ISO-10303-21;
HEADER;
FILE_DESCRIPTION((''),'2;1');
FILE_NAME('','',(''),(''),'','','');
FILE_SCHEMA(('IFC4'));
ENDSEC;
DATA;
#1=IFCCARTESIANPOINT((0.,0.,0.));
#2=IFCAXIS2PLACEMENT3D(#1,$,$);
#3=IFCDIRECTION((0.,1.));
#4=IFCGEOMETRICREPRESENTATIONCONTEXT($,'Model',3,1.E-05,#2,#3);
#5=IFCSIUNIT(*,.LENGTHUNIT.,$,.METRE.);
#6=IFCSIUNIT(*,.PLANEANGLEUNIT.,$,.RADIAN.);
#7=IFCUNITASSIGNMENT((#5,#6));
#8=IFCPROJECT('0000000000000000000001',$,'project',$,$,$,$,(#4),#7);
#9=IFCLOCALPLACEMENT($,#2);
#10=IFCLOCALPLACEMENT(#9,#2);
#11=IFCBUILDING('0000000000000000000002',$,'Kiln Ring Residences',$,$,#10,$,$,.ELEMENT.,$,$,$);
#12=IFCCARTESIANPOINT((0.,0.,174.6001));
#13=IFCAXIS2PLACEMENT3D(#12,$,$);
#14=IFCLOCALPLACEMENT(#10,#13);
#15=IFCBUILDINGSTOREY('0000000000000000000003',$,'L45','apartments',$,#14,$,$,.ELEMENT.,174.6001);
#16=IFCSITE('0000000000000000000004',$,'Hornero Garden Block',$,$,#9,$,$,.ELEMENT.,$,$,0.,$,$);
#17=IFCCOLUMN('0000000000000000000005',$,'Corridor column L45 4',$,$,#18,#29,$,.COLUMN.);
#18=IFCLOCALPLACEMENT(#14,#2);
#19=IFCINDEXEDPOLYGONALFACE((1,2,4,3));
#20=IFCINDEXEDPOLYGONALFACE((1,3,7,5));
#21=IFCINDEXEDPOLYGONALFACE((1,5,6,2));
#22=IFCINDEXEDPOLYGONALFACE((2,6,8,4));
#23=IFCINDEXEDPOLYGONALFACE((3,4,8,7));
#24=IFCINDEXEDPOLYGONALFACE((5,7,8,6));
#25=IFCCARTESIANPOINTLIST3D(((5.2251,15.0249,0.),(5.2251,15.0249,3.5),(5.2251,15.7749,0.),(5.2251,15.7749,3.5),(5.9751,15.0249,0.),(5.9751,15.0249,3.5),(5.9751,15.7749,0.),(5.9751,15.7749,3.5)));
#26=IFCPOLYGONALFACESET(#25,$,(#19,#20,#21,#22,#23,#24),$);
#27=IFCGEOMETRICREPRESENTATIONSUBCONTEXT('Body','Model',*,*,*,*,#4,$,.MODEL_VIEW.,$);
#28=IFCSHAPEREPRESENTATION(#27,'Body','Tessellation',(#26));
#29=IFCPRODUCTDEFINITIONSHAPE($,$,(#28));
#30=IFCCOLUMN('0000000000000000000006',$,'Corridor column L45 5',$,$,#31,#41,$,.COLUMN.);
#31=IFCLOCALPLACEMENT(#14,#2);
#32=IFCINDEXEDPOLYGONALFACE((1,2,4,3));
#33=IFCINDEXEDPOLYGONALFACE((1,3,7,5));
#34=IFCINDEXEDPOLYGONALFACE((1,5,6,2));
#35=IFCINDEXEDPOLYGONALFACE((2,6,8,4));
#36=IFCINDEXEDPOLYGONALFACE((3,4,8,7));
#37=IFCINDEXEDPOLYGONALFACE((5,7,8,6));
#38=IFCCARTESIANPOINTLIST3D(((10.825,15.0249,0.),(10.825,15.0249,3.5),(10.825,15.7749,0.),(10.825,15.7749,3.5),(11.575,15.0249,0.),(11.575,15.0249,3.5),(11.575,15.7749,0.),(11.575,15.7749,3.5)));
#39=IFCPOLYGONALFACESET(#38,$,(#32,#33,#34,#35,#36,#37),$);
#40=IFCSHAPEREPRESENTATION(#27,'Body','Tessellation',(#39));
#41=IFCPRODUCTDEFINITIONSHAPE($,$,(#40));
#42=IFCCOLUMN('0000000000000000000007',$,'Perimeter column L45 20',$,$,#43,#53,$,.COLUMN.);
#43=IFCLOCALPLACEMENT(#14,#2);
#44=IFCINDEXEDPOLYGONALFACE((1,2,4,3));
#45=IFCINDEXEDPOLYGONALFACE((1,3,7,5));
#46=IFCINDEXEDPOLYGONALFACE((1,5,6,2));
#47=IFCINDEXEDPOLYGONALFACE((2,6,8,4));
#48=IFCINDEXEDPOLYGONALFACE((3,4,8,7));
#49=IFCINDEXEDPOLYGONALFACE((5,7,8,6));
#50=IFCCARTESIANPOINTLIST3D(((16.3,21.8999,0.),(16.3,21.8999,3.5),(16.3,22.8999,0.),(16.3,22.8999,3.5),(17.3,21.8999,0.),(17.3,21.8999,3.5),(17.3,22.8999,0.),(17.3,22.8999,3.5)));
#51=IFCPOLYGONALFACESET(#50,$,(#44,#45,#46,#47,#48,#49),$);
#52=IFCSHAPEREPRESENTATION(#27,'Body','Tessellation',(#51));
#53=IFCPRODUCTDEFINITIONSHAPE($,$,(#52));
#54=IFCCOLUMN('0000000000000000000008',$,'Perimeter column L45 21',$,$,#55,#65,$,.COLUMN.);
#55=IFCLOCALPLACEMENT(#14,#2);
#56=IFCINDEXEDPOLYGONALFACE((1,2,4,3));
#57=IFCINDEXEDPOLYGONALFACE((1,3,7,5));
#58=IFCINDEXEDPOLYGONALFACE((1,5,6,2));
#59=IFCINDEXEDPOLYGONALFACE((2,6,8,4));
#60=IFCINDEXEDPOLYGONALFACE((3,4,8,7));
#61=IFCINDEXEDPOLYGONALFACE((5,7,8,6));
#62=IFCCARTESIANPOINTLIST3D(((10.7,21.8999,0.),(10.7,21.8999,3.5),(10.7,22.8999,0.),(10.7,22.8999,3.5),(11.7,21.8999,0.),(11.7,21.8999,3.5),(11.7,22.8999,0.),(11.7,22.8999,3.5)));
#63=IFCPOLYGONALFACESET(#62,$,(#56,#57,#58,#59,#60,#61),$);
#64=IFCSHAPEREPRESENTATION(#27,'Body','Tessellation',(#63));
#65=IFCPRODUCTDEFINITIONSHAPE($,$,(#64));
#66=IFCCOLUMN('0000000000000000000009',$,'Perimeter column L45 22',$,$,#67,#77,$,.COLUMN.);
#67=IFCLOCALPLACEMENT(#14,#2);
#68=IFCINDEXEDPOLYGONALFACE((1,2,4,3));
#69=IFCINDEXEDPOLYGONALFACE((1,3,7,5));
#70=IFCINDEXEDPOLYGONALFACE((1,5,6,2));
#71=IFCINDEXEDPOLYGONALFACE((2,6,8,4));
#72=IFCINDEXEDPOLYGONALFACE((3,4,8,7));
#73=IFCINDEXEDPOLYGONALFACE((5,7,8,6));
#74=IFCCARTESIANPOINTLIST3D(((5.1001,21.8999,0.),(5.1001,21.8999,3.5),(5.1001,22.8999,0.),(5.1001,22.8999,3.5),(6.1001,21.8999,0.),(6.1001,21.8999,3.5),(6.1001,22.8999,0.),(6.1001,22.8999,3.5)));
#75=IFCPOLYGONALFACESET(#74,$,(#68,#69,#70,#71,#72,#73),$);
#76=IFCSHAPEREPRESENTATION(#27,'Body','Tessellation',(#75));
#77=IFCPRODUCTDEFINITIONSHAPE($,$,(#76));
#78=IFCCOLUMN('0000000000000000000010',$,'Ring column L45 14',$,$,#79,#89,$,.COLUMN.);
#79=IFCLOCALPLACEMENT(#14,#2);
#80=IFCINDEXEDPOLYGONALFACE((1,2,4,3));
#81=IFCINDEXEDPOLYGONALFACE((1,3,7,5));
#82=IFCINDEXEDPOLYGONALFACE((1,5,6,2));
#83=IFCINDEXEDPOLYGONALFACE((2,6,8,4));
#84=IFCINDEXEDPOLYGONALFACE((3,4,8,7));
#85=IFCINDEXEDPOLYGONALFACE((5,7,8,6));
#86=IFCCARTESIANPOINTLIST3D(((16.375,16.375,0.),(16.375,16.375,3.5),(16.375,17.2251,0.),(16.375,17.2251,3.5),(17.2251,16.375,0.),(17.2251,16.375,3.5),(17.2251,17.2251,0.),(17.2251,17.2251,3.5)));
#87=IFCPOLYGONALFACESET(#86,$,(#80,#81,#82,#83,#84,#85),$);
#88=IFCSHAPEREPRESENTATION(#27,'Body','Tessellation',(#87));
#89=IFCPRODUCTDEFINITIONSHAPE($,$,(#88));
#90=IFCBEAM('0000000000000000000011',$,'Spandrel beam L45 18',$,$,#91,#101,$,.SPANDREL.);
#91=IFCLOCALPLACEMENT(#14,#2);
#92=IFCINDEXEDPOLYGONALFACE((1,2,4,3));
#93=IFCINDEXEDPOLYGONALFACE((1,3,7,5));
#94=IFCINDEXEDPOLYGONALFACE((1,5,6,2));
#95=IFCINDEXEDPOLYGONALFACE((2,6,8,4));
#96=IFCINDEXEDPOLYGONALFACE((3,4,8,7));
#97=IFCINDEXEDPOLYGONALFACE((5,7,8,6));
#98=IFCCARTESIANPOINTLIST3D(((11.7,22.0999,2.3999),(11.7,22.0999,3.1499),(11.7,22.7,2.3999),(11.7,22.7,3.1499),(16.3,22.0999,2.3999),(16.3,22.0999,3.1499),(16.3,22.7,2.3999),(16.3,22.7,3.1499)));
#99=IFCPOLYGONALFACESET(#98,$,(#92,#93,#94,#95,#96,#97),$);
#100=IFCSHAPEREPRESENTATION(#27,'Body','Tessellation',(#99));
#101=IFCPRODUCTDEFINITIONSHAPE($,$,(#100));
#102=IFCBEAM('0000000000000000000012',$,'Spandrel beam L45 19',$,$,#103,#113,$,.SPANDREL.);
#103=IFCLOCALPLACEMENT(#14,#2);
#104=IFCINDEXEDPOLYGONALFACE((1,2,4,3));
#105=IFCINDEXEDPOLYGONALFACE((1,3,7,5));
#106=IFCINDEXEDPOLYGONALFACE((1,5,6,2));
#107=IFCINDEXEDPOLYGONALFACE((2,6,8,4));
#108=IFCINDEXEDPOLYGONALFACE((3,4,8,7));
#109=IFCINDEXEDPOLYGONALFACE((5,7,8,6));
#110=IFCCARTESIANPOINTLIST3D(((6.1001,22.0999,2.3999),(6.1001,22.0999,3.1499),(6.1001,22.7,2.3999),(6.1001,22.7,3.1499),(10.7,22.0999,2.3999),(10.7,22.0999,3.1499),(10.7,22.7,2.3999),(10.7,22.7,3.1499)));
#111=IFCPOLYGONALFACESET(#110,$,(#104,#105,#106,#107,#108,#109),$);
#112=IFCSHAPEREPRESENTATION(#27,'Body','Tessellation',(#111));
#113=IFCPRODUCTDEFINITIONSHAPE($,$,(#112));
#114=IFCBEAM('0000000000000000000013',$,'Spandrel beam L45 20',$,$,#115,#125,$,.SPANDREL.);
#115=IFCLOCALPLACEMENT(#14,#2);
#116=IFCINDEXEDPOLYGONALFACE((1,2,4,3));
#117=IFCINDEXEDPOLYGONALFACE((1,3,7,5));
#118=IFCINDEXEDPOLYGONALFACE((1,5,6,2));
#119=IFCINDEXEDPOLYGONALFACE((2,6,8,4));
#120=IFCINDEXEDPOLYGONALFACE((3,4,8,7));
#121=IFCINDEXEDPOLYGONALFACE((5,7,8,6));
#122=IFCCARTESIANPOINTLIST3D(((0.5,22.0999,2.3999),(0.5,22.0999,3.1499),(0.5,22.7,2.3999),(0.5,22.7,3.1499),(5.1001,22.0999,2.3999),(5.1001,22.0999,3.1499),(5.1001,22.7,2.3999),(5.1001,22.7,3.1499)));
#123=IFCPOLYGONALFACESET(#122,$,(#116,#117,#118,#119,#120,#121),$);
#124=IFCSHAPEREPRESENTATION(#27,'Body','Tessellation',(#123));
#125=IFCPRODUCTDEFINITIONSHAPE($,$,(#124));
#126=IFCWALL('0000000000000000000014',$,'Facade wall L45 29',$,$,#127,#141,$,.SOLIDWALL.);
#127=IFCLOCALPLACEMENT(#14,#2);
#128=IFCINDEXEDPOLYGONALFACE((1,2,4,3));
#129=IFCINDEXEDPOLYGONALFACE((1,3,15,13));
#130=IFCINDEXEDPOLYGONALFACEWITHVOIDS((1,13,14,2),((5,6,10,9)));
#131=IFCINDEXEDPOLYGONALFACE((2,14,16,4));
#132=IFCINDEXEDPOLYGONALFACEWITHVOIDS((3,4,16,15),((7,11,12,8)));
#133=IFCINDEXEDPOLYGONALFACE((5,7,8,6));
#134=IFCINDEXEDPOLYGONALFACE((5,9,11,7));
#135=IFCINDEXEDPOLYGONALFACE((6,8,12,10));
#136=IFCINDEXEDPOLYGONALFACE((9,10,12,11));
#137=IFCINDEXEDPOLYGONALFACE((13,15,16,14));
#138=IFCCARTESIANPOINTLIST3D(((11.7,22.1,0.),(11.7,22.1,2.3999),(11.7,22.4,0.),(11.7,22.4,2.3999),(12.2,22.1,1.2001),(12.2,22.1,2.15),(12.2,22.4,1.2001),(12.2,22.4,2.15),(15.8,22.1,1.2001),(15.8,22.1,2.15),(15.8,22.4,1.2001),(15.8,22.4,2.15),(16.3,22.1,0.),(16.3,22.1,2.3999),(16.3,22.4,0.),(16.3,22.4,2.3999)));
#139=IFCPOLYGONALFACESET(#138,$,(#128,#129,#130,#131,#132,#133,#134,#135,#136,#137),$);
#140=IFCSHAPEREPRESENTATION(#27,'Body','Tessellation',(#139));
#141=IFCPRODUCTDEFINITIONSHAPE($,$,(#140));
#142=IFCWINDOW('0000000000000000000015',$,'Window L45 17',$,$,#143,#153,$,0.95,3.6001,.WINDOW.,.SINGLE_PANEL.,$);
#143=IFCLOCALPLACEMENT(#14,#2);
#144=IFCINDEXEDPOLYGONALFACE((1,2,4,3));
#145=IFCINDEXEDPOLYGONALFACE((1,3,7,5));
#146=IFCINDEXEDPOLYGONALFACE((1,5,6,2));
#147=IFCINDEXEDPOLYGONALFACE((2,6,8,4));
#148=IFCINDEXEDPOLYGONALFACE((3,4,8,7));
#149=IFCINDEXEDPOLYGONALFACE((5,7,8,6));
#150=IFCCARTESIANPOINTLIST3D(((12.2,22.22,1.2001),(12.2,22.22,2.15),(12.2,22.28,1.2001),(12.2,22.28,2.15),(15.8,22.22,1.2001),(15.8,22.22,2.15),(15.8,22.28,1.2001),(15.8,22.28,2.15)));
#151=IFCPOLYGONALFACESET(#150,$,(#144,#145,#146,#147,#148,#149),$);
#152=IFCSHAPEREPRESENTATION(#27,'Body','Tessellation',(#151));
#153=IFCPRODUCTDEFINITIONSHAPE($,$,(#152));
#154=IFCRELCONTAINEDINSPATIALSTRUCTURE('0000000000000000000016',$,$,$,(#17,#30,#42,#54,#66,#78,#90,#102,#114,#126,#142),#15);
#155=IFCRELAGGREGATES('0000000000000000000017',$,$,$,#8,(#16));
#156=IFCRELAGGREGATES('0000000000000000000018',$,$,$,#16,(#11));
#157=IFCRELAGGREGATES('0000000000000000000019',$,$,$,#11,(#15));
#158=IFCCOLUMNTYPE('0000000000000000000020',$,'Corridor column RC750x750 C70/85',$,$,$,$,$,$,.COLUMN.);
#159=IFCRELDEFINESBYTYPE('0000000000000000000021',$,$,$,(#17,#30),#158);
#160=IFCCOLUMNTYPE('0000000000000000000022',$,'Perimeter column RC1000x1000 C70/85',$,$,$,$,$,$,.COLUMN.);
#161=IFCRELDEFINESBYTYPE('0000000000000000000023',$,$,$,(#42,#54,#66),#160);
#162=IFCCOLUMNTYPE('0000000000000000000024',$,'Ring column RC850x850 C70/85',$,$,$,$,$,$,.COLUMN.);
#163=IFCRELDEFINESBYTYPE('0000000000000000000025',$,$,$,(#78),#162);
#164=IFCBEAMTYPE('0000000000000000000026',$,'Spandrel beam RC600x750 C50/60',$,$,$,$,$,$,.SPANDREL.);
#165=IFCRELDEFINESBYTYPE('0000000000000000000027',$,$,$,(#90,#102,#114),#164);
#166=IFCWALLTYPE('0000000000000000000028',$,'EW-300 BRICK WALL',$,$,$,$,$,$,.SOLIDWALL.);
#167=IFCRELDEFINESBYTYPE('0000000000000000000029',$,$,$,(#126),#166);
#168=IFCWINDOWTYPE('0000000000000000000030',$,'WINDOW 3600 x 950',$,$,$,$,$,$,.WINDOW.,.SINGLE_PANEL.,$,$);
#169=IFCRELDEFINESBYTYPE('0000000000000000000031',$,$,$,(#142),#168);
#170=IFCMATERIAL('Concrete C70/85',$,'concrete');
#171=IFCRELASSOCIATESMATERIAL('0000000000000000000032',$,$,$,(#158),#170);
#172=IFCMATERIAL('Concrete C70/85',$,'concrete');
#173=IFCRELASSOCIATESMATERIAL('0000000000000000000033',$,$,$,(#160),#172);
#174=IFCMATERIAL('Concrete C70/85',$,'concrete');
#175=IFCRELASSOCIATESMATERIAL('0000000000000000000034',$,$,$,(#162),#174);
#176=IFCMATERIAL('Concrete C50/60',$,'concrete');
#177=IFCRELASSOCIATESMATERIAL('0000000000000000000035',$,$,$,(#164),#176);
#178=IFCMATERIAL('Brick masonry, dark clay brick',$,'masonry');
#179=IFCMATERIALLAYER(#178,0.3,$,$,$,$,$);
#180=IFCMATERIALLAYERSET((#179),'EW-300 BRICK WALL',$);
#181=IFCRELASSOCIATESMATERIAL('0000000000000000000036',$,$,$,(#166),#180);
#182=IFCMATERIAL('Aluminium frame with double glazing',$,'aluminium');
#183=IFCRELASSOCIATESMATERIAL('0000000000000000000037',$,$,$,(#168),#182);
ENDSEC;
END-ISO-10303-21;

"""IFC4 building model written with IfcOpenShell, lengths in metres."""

from ifc_helpers import new_model, si_unit, direction, frame, frame_2d, origin, origin_2d, place, context, subcontext, project, spatial, rectangle, extrude, material, layer, layer_set, material_profile, profile_set, type_object, element, fill, save


model = new_model("IFC4")

# Units and contexts
model_context = context("Model", 3, precision=1e-05, world=origin(), true_north=direction((0.0, 1.0)))
body_context = subcontext(model_context, "Body", "Model", "MODEL_VIEW")
ifc_project = project(units=[si_unit("LENGTHUNIT", "METRE"), si_unit("PLANEANGLEUNIT", "RADIAN")], contexts=[model_context])

# Site, building, storey
site_placement = place(None, origin())
site = spatial("IfcSite", under=ifc_project, at=site_placement, Name="Hornero Garden Block", CompositionType="ELEMENT", RefElevation=0.0)
building_placement = place(site_placement, origin())
building = spatial("IfcBuilding", under=site, at=building_placement, Name="Kiln Ring Residences", CompositionType="ELEMENT")
storey_placement = place(building_placement, frame((0.0, 0.0, 174.6001)))
storey = spatial("IfcBuildingStorey", under=building, at=storey_placement, Name="L45", Description="apartments", CompositionType="ELEMENT", Elevation=174.6001)

# Columns
ifc_material_1 = material(Name="Concrete C70/85", Category="concrete")
ifc_material_profile_1 = material_profile(ifc_material_1, rectangle(XDim=0.75, YDim=0.75, at=origin_2d()), Name="RC750x750")
ifc_profile_set_1 = profile_set([ifc_material_profile_1], Name="Concrete C70/85")
column_type_1 = type_object("IfcColumnType", Name="Corridor column RC750x750 C70/85", PredefinedType="COLUMN", material=ifc_profile_set_1)
for number, where, z_axis, x_axis, name in (
    (1, (5.6001, 15.3999, 0.0), (0.0, 0.0, 1.0), (1.0, 0.0, 0.0), "Corridor column L45 4"),
    (2, (11.2, 15.3999, 0.0), (0.0, 0.0, 1.0), (1.0, 0.0, 0.0), "Corridor column L45 5"),
):
    element("IfcColumn", number, at=place(storey_placement, frame(where, z_axis=z_axis, x_axis=x_axis)), inside=storey, type_object=column_type_1, Name=name, PredefinedType="COLUMN", context=body_context, shape_type="SweptSolid", body=[
        extrude(rectangle(XDim=0.75, YDim=0.75, at=origin_2d()), origin(), (0.0, 0.0, 1.0), 3.5),
    ])
ifc_material_2 = material(Name="Concrete C70/85", Category="concrete")
ifc_material_profile_2 = material_profile(ifc_material_2, rectangle(XDim=1.0, YDim=1.0, at=origin_2d()), Name="RC1000x1000")
ifc_profile_set_2 = profile_set([ifc_material_profile_2], Name="Concrete C70/85")
column_type_2 = type_object("IfcColumnType", Name="Perimeter column RC1000x1000 C70/85", PredefinedType="COLUMN", material=ifc_profile_set_2)
for number, where, z_axis, x_axis, name in (
    (3, (16.8, 22.3999, 0.0), (0.0, 0.0, 1.0), (1.0, 0.0, 0.0), "Perimeter column L45 20"),
    (4, (11.2, 22.3999, 0.0), (0.0, 0.0, 1.0), (1.0, 0.0, 0.0), "Perimeter column L45 21"),
    (5, (5.6001, 22.3999, 0.0), (0.0, 0.0, 1.0), (1.0, 0.0, 0.0), "Perimeter column L45 22"),
):
    element("IfcColumn", number, at=place(storey_placement, frame(where, z_axis=z_axis, x_axis=x_axis)), inside=storey, type_object=column_type_2, Name=name, PredefinedType="COLUMN", context=body_context, shape_type="SweptSolid", body=[
        extrude(rectangle(XDim=1.0, YDim=1.0, at=origin_2d()), origin(), (0.0, 0.0, 1.0), 3.5),
    ])
ifc_material_3 = material(Name="Concrete C70/85", Category="concrete")
ifc_material_profile_3 = material_profile(ifc_material_3, rectangle(XDim=0.8501, YDim=0.8501, at=origin_2d()), Name="RC850x850")
ifc_profile_set_3 = profile_set([ifc_material_profile_3], Name="Concrete C70/85")
column_type_3 = type_object("IfcColumnType", Name="Ring column RC850x850 C70/85", PredefinedType="COLUMN", material=ifc_profile_set_3)
column_placement = place(storey_placement, frame((16.8, 16.8, 0.0), z_axis=(0.0, 0.0, 1.0), x_axis=(1.0, 0.0, 0.0)))
element("IfcColumn", 6, at=column_placement, inside=storey, type_object=column_type_3, Name="Ring column L45 14", PredefinedType="COLUMN", context=body_context, shape_type="SweptSolid", body=[
    extrude(rectangle(XDim=0.8501, YDim=0.8501, at=origin_2d()), origin(), (0.0, 0.0, 1.0), 3.5),
])

# Beams
ifc_material_4 = material(Name="Concrete C50/60", Category="concrete")
ifc_material_profile_4 = material_profile(ifc_material_4, rectangle(XDim=0.6001, YDim=0.75, at=origin_2d()), Name="RC600x750")
ifc_profile_set_4 = profile_set([ifc_material_profile_4], Name="Concrete C50/60")
beam_type = type_object("IfcBeamType", Name="Spandrel beam RC600x750 C50/60", PredefinedType="SPANDREL", material=ifc_profile_set_4)
beam_1_placement = place(storey_placement, frame((16.3, 22.3999, 2.7749), z_axis=(-1.0, 0.0, 0.0), x_axis=(0.0, -1.0, 0.0)))
element("IfcBeam", 7, at=beam_1_placement, inside=storey, type_object=beam_type, Name="Spandrel beam L45 18", PredefinedType="SPANDREL", context=body_context, shape_type="SweptSolid", body=[
    extrude(rectangle(XDim=0.6001, YDim=0.75, at=origin_2d()), origin(), (0.0, 0.0, 1.0), 4.6001),
])
beam_2_placement = place(storey_placement, frame((10.7, 22.3999, 2.7749), z_axis=(-1.0, 0.0, 0.0), x_axis=(0.0, -1.0, 0.0)))
element("IfcBeam", 8, at=beam_2_placement, inside=storey, type_object=beam_type, Name="Spandrel beam L45 19", PredefinedType="SPANDREL", context=body_context, shape_type="SweptSolid", body=[
    extrude(rectangle(XDim=0.6001, YDim=0.75, at=origin_2d()), origin(), (0.0, 0.0, 1.0), 4.5999),
])
beam_3_placement = place(storey_placement, frame((5.1001, 22.3999, 2.7749), z_axis=(-1.0, 0.0, 0.0), x_axis=(0.0, -1.0, 0.0)))
element("IfcBeam", 9, at=beam_3_placement, inside=storey, type_object=beam_type, Name="Spandrel beam L45 20", PredefinedType="SPANDREL", context=body_context, shape_type="SweptSolid", body=[
    extrude(rectangle(XDim=0.6001, YDim=0.75, at=origin_2d()), origin(), (0.0, 0.0, 1.0), 4.6001),
])

# Wall, opening, window
ifc_material_5 = material(Name="Brick masonry, dark clay brick", Category="masonry")
ifc_layer_1 = layer(ifc_material_5, 0.3)
ifc_layer_set_1 = layer_set([ifc_layer_1], Name="EW-300 BRICK WALL")
wall_type_1 = type_object("IfcWallType", Name="EW-300 BRICK WALL", PredefinedType="SOLIDWALL", material=ifc_layer_set_1)
wall_1_placement = place(storey_placement, frame((16.3, 22.25, 0.0), z_axis=(0.0, 0.0, 1.0), x_axis=(-1.0, 0.0, 0.0)))
wall_1 = element("IfcWall", 10, at=wall_1_placement, inside=storey, type_object=wall_type_1, Name="Facade wall L45 29", PredefinedType="SOLIDWALL", context=body_context, shape_type="SweptSolid", body=[
    extrude(rectangle(XDim=4.6001, YDim=0.3, at=frame_2d((2.3, 0.0))), origin(), (0.0, 0.0, 1.0), 2.3999),
])
opening_1_placement = place(wall_1_placement, frame((0.5, 0.0, 1.2)))
opening_1 = element("IfcOpeningElement", 11, at=opening_1_placement, cuts=wall_1, PredefinedType="OPENING", context=body_context, shape_type="SweptSolid", body=[
    extrude(rectangle(XDim=3.6001, YDim=0.95, at=frame_2d((1.8, 0.4751))), frame((0.0, 0.1599, 0.0), z_axis=(0.0, -1.0, 0.0), x_axis=(1.0, 0.0, 0.0)), (0.0, 0.0, 1.0), 0.3201),
])
ifc_material_6 = material(Name="Aluminium frame with double glazing", Category="aluminium")
window_type_1 = type_object("IfcWindowType", Name="WINDOW 3600 x 950", PartitioningType="SINGLE_PANEL", PredefinedType="WINDOW", material=ifc_material_6)
window_1_placement = place(opening_1_placement, origin())
window_1 = element("IfcWindow", 12, at=window_1_placement, inside=storey, type_object=window_type_1, Name="Window L45 17", OverallHeight=0.95, OverallWidth=3.6001, PartitioningType="SINGLE_PANEL", PredefinedType="WINDOW", context=body_context, shape_type="SweptSolid", body=[
    extrude(rectangle(XDim=3.6001, YDim=0.95, at=frame_2d((1.8, 0.4751))), frame((0.0, 0.03, 0.0), z_axis=(0.0, -1.0, 0.0), x_axis=(1.0, 0.0, 0.0)), (0.0, 0.0, 1.0), 0.0601),
])
fill(opening_1, window_1)

save(model, "model.ifc")
